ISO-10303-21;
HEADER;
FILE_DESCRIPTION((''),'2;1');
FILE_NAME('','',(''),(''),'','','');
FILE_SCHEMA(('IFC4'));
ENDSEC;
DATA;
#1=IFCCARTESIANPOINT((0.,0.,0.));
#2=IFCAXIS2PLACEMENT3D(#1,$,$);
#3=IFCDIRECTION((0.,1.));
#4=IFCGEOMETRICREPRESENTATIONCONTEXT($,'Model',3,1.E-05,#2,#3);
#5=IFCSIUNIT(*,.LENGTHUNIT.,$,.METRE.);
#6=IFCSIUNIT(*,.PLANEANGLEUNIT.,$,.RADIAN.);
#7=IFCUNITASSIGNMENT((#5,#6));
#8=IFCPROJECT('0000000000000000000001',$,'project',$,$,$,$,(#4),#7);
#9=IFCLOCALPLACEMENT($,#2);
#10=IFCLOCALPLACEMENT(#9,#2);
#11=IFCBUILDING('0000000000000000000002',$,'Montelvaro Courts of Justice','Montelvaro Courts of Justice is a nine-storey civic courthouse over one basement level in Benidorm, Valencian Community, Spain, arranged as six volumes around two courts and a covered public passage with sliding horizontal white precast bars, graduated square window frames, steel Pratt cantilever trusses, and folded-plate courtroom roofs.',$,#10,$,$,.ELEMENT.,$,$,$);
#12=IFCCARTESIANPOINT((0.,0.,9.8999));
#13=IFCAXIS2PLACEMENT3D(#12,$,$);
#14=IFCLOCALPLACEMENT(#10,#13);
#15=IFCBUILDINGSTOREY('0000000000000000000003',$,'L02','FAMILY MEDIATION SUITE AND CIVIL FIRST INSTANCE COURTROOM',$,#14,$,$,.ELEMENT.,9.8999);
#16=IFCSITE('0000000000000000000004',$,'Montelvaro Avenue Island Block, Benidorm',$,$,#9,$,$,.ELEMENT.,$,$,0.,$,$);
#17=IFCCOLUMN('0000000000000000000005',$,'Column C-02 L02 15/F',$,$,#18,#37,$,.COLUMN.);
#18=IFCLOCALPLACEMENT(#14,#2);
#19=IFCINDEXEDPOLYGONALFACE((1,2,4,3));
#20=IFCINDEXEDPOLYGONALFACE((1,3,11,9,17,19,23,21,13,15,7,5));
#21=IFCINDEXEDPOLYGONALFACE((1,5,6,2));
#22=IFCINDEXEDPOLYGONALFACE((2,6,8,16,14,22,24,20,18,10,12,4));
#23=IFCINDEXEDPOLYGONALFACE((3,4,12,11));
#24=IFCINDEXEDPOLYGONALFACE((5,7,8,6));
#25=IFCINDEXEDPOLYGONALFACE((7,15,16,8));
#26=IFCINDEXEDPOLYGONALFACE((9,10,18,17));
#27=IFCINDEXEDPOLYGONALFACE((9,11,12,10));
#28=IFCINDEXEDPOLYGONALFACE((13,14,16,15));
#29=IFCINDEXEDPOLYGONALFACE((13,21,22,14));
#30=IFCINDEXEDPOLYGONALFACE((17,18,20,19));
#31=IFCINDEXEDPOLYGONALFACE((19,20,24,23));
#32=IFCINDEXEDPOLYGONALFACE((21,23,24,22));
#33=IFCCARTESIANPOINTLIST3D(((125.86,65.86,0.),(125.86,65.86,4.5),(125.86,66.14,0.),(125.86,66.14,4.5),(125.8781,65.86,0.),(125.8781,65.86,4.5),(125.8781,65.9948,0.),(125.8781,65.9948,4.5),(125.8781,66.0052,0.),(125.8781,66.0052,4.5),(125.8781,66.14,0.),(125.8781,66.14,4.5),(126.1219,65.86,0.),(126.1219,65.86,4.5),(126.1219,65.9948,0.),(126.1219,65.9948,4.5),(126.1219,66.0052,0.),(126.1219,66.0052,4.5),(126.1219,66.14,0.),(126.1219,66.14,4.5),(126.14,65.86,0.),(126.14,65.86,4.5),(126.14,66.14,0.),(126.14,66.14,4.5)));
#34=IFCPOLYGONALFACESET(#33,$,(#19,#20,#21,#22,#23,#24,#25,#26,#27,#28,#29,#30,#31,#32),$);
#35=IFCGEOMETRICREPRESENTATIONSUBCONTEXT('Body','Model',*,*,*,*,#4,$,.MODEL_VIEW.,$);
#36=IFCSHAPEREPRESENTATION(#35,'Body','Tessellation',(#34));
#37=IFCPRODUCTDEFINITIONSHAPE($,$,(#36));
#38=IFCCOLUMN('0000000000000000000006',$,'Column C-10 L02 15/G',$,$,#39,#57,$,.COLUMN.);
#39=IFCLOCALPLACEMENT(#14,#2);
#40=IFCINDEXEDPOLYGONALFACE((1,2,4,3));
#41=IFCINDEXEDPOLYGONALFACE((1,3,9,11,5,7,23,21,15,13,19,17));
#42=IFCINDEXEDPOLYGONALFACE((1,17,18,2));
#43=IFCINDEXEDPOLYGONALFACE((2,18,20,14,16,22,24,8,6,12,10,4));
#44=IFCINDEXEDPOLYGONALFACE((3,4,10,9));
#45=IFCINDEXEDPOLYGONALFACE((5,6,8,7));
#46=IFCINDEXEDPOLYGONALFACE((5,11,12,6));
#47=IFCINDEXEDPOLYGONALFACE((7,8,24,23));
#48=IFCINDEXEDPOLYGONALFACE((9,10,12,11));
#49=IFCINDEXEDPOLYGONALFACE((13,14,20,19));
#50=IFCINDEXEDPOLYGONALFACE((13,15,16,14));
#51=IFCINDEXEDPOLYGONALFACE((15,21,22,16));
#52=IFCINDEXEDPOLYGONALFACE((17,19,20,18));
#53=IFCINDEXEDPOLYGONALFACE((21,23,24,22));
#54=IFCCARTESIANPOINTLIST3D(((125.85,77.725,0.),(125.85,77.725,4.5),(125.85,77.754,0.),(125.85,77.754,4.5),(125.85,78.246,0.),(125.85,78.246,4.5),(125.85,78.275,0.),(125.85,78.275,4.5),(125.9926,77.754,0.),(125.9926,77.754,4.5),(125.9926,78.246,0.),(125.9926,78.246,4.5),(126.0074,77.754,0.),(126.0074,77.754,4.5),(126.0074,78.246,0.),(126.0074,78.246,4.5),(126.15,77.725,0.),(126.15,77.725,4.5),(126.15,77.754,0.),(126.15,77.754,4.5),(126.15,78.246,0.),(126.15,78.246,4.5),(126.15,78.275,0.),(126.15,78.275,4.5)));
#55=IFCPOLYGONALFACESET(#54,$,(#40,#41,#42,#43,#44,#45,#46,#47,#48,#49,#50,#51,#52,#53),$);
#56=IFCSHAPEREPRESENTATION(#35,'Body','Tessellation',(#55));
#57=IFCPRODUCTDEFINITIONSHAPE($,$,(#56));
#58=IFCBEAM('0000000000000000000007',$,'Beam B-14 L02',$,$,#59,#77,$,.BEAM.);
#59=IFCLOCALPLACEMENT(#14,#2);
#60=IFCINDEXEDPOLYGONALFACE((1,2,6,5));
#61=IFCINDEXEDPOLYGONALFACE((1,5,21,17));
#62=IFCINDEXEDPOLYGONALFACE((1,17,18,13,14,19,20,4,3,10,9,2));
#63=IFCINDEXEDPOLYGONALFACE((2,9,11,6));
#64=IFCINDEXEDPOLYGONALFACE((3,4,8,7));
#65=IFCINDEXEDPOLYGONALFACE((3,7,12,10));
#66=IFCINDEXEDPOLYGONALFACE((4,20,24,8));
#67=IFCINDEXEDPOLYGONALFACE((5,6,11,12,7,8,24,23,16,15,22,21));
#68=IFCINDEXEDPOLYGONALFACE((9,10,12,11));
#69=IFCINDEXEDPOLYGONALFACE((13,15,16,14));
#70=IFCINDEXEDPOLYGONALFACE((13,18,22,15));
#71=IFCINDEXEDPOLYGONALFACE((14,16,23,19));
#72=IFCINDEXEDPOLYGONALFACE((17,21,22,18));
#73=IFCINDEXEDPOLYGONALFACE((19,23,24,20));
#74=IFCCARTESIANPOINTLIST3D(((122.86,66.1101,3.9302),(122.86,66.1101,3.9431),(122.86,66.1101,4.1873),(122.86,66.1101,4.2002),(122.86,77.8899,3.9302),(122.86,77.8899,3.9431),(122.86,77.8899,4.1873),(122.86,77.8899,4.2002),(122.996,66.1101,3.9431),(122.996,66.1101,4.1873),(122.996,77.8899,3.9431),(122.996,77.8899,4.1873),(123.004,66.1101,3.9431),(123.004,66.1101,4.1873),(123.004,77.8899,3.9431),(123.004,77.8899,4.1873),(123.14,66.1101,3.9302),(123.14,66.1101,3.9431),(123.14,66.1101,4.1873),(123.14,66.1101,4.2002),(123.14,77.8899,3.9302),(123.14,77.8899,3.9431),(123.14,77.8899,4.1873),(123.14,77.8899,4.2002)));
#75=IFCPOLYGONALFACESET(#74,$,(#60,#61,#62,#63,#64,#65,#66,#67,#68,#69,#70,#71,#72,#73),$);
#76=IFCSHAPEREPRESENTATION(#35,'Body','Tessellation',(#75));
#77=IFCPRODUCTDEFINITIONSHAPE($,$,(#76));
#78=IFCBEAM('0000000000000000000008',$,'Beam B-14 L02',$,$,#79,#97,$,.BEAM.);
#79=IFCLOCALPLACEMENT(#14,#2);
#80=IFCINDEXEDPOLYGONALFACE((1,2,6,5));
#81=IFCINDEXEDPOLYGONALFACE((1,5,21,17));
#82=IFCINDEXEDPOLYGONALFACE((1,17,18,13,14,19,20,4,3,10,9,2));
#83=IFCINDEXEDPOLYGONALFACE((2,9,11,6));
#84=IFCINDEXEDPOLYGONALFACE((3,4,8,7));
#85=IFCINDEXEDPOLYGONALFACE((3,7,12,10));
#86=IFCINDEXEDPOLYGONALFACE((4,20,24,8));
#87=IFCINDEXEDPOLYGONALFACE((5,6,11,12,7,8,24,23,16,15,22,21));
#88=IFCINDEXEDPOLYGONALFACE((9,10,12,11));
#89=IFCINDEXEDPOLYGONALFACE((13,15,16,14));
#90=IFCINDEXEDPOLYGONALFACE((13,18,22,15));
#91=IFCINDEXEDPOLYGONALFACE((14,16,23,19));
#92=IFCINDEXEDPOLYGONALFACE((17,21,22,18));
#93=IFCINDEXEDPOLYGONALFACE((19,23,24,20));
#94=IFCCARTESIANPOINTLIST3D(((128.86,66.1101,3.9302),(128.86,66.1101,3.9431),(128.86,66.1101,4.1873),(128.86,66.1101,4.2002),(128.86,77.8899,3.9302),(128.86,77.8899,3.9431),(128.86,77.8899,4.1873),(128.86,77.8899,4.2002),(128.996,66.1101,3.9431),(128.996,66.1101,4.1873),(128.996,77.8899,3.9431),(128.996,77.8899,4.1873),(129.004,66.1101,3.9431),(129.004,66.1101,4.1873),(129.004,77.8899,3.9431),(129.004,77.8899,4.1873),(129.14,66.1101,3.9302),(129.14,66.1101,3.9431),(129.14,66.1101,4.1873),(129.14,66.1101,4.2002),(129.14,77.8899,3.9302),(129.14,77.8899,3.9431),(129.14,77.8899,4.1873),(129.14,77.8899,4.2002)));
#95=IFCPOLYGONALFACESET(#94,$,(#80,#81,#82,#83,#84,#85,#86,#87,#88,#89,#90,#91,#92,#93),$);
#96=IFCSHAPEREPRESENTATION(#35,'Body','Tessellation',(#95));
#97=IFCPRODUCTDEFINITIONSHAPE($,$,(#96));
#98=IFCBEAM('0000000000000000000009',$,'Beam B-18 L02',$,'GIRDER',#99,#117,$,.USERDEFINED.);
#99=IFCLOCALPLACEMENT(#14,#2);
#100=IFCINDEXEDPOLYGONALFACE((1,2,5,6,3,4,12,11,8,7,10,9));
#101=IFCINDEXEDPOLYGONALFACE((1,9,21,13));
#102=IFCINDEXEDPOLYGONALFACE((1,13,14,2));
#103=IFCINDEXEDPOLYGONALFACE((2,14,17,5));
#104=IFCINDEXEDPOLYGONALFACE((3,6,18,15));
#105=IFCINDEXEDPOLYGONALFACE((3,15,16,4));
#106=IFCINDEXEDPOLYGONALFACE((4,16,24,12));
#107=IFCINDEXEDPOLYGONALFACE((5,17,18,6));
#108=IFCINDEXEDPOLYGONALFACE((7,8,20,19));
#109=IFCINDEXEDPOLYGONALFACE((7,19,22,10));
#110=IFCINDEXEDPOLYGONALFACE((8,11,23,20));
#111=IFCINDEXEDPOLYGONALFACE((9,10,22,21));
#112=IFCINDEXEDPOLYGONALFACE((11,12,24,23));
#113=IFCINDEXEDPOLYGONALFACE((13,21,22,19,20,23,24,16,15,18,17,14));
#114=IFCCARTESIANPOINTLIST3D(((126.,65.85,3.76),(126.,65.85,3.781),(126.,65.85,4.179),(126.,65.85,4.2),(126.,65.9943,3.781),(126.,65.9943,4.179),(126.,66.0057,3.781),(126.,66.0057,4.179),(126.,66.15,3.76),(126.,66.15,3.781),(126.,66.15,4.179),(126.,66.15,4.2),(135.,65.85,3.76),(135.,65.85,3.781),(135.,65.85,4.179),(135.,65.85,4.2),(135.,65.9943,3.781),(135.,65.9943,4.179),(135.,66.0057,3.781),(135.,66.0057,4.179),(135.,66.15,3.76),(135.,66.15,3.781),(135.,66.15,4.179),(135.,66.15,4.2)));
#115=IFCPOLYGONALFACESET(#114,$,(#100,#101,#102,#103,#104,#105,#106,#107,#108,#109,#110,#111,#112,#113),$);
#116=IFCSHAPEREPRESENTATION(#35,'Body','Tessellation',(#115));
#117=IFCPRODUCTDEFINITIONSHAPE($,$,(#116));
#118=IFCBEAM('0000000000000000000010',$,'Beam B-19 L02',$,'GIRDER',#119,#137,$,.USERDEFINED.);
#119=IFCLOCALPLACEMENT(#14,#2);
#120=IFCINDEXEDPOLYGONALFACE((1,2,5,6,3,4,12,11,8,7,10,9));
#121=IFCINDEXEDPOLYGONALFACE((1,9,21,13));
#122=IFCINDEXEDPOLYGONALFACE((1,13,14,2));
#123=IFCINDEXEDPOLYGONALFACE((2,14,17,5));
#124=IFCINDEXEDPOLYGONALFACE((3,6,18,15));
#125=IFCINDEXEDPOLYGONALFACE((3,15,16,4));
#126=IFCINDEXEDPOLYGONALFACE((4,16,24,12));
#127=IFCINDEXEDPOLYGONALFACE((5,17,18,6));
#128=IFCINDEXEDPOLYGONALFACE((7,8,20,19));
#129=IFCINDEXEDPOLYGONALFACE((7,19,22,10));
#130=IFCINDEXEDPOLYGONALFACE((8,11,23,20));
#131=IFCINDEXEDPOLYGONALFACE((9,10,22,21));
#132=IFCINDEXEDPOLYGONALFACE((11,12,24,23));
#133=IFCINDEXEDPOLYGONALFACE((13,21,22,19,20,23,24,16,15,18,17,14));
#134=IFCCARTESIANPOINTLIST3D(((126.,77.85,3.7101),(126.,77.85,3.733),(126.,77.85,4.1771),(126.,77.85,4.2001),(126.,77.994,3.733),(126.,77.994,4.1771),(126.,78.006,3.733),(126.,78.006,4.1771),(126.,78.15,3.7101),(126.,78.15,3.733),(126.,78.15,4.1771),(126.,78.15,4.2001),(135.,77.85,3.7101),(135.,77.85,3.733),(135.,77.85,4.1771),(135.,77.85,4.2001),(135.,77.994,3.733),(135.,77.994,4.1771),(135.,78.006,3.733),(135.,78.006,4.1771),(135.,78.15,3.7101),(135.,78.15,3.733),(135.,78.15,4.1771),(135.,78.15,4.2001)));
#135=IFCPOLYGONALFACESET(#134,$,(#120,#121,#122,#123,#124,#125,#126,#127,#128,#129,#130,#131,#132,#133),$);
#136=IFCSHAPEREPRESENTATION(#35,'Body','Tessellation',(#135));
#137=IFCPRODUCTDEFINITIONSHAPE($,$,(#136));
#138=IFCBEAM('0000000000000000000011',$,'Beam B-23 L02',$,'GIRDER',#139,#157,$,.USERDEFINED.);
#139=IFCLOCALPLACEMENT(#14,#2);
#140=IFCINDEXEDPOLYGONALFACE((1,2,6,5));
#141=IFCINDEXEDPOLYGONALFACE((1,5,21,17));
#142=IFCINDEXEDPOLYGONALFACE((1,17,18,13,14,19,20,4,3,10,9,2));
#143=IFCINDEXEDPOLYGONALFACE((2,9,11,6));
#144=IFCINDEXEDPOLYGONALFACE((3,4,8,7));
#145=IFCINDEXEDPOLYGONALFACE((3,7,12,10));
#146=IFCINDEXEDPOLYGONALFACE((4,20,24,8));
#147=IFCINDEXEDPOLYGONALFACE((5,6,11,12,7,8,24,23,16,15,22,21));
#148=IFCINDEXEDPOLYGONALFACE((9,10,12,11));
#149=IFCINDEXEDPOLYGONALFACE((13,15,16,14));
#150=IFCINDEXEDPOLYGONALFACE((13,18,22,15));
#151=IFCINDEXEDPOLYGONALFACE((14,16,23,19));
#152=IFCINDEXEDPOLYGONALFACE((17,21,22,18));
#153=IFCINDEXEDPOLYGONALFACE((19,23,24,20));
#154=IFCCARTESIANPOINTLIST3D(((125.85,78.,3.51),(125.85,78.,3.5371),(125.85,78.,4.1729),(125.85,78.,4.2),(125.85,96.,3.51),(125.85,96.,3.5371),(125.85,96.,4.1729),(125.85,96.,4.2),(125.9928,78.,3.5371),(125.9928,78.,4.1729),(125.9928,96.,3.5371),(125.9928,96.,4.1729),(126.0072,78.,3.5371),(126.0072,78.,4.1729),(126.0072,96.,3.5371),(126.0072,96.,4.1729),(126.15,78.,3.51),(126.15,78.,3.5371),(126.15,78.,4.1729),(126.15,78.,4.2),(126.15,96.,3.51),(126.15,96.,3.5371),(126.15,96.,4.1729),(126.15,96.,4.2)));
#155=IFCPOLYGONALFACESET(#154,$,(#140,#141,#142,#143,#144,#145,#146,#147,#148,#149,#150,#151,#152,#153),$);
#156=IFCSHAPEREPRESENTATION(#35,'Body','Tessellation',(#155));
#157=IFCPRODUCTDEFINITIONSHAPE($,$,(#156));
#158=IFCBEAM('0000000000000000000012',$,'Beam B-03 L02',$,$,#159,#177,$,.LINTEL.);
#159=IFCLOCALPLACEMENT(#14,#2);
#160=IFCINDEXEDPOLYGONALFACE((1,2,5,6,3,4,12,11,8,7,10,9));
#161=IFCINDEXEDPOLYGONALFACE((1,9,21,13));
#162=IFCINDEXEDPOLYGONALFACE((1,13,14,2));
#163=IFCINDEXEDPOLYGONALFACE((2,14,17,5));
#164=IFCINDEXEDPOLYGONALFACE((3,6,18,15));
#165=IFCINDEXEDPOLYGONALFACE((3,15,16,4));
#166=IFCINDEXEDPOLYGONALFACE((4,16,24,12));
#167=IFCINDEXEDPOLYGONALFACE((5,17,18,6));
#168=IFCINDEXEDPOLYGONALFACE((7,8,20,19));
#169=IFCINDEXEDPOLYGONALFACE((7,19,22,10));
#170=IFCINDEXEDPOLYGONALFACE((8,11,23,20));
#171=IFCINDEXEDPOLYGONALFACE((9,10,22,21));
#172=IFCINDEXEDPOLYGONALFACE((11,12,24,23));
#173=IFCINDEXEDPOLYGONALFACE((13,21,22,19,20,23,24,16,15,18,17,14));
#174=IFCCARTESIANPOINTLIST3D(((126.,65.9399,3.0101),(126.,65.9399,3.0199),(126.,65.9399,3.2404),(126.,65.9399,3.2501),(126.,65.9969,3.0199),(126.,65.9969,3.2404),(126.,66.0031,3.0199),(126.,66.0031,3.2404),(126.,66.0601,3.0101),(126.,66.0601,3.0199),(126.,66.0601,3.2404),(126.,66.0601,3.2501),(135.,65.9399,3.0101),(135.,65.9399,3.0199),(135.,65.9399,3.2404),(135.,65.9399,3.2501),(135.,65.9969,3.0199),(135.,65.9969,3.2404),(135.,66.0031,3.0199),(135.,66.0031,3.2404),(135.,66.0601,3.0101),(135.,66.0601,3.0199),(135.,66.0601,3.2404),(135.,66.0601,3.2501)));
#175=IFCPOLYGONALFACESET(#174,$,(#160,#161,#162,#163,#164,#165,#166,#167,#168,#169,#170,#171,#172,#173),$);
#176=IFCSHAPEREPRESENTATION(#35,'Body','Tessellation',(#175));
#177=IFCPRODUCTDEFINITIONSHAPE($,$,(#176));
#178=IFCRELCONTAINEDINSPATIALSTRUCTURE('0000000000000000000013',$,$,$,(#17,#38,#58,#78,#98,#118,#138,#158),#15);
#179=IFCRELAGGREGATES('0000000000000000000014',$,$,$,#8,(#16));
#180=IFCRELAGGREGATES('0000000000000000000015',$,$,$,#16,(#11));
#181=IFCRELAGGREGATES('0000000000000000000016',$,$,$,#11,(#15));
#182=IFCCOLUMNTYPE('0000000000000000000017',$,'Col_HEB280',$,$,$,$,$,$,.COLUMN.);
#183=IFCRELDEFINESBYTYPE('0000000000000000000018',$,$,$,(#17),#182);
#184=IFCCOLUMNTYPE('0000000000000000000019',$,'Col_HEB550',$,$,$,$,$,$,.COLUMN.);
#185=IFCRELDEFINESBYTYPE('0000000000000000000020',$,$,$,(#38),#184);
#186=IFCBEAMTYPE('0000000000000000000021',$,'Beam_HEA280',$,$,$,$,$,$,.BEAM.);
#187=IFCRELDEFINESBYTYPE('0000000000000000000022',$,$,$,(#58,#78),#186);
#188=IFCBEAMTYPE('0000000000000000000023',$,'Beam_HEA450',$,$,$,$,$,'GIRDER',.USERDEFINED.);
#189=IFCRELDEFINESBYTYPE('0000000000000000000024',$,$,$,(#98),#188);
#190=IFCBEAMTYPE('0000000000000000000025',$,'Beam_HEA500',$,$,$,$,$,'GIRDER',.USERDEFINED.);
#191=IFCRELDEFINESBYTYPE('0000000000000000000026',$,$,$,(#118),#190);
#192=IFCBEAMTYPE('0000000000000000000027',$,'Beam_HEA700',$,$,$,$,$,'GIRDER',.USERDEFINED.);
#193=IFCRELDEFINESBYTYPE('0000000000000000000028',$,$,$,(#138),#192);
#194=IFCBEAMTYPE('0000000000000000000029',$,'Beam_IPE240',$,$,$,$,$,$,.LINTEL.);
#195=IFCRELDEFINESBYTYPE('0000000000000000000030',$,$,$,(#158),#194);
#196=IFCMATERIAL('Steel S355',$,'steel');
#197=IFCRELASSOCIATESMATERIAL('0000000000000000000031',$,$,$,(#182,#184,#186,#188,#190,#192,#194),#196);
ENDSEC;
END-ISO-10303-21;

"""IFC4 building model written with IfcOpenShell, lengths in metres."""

from ifc_helpers import new_model, si_unit, direction, frame, origin, origin_2d, place, context, subcontext, project, spatial, i_section, extrude, material, material_profile, profile_set, type_object, element, save


model = new_model("IFC4")

# Units and contexts
model_context = context("Model", 3, precision=1e-05, world=origin(), true_north=direction((0.0, 1.0)))
body_context = subcontext(model_context, "Body", "Model", "MODEL_VIEW")
ifc_project = project(units=[si_unit("LENGTHUNIT", "METRE"), si_unit("PLANEANGLEUNIT", "RADIAN")], contexts=[model_context])

# Site, building, storey
site_placement = place(None, origin())
site = spatial("IfcSite", under=ifc_project, at=site_placement, Name="Montelvaro Avenue Island Block, Benidorm", CompositionType="ELEMENT", RefElevation=0.0)
building_placement = place(site_placement, origin())
building = spatial("IfcBuilding", under=site, at=building_placement, Name="Montelvaro Courts of Justice", Description="Montelvaro Courts of Justice is a nine-storey civic courthouse over one basement level in Benidorm, Valencian Community, Spain, arranged as six volumes around two courts and a covered public passage with sliding horizontal white precast bars, graduated square window frames, steel Pratt cantilever trusses, and folded-plate courtroom roofs.", CompositionType="ELEMENT")
storey_placement = place(building_placement, frame((0.0, 0.0, 9.8999)))
storey = spatial("IfcBuildingStorey", under=building, at=storey_placement, Name="L02", Description="FAMILY MEDIATION SUITE AND CIVIL FIRST INSTANCE COURTROOM", CompositionType="ELEMENT", Elevation=9.8999)

# Columns
ifc_material_1 = material(Name="Steel S355", Category="steel")
ifc_material_profile_1 = material_profile(ifc_material_1, i_section(OverallWidth=0.28, OverallDepth=0.28, WebThickness=0.0105, FlangeThickness=0.0181, at=origin_2d()), Name="HEB 280")
ifc_profile_set_1 = profile_set([ifc_material_profile_1], Name="Steel S355")
column_type_1 = type_object("IfcColumnType", Name="Col_HEB280", PredefinedType="COLUMN", material=ifc_profile_set_1)
column_1_placement = place(storey_placement, frame((126.0, 66.0, 0.0), z_axis=(0.0, 0.0, 1.0), x_axis=(0.0, 1.0, 0.0)))
element("IfcColumn", 1, at=column_1_placement, inside=storey, type_object=column_type_1, Name="Column C-02 L02 15/F", PredefinedType="COLUMN", context=body_context, shape_type="SweptSolid", body=[
    extrude(i_section(OverallWidth=0.28, OverallDepth=0.28, WebThickness=0.0105, FlangeThickness=0.0181, at=origin_2d()), origin(), (0.0, 0.0, 1.0), 4.5),
])
ifc_material_profile_2 = material_profile(ifc_material_1, i_section(OverallWidth=0.3, OverallDepth=0.55, WebThickness=0.0149, FlangeThickness=0.0291, at=origin_2d()), Name="HEB 550")
ifc_profile_set_2 = profile_set([ifc_material_profile_2], Name="Steel S355")
column_type_2 = type_object("IfcColumnType", Name="Col_HEB550", PredefinedType="COLUMN", material=ifc_profile_set_2)
column_2_placement = place(storey_placement, frame((126.0, 78.0, 0.0), z_axis=(0.0, 0.0, 1.0), x_axis=(1.0, 0.0, 0.0)))
element("IfcColumn", 2, at=column_2_placement, inside=storey, type_object=column_type_2, Name="Column C-10 L02 15/G", PredefinedType="COLUMN", context=body_context, shape_type="SweptSolid", body=[
    extrude(i_section(OverallWidth=0.3, OverallDepth=0.55, WebThickness=0.0149, FlangeThickness=0.0291, at=origin_2d()), origin(), (0.0, 0.0, 1.0), 4.5),
])

# Beams
ifc_material_profile_3 = material_profile(ifc_material_1, i_section(OverallWidth=0.28, OverallDepth=0.27, WebThickness=0.0081, FlangeThickness=0.0129, at=origin_2d()), Name="HEA 280")
ifc_profile_set_3 = profile_set([ifc_material_profile_3], Name="Steel S355")
beam_type_1 = type_object("IfcBeamType", Name="Beam_HEA280", PredefinedType="BEAM", material=ifc_profile_set_3)
for number, where, z_axis, x_axis, name in (
    (3, (123.0, 66.1101, 4.0652), (0.0, 1.0, 0.0), (-1.0, 0.0, 0.0), "Beam B-14 L02"),
    (4, (129.0, 66.1101, 4.0652), (0.0, 1.0, 0.0), (-1.0, 0.0, 0.0), "Beam B-14 L02"),
):
    element("IfcBeam", number, at=place(storey_placement, frame(where, z_axis=z_axis, x_axis=x_axis)), inside=storey, type_object=beam_type_1, Name=name, PredefinedType="BEAM", context=body_context, shape_type="SweptSolid", body=[
        extrude(i_section(OverallWidth=0.28, OverallDepth=0.27, WebThickness=0.0081, FlangeThickness=0.0129, at=origin_2d()), origin(), (0.0, 0.0, 1.0), 11.7798),
    ])
ifc_material_profile_4 = material_profile(ifc_material_1, i_section(OverallWidth=0.3, OverallDepth=0.4399, WebThickness=0.0115, FlangeThickness=0.021, at=origin_2d()), Name="HEA 450")
ifc_profile_set_4 = profile_set([ifc_material_profile_4], Name="Steel S355")
beam_type_2 = type_object("IfcBeamType", Name="Beam_HEA450", ElementType="GIRDER", PredefinedType="USERDEFINED", material=ifc_profile_set_4)
beam_1_placement = place(storey_placement, frame((126.0, 66.0, 3.98), z_axis=(1.0, 0.0, 0.0), x_axis=(0.0, 1.0, 0.0)))
element("IfcBeam", 5, at=beam_1_placement, inside=storey, type_object=beam_type_2, Name="Beam B-18 L02", ObjectType="GIRDER", PredefinedType="USERDEFINED", context=body_context, shape_type="SweptSolid", body=[
    extrude(i_section(OverallWidth=0.3, OverallDepth=0.4399, WebThickness=0.0115, FlangeThickness=0.021, at=origin_2d()), origin(), (0.0, 0.0, 1.0), 9.0),
])
ifc_material_profile_5 = material_profile(ifc_material_1, i_section(OverallWidth=0.3, OverallDepth=0.49, WebThickness=0.012, FlangeThickness=0.0229, at=origin_2d()), Name="HEA 500")
ifc_profile_set_5 = profile_set([ifc_material_profile_5], Name="Steel S355")
beam_type_3 = type_object("IfcBeamType", Name="Beam_HEA500", ElementType="GIRDER", PredefinedType="USERDEFINED", material=ifc_profile_set_5)
beam_2_placement = place(storey_placement, frame((126.0, 78.0, 3.9551), z_axis=(1.0, 0.0, 0.0), x_axis=(0.0, 1.0, 0.0)))
element("IfcBeam", 6, at=beam_2_placement, inside=storey, type_object=beam_type_3, Name="Beam B-19 L02", ObjectType="GIRDER", PredefinedType="USERDEFINED", context=body_context, shape_type="SweptSolid", body=[
    extrude(i_section(OverallWidth=0.3, OverallDepth=0.49, WebThickness=0.012, FlangeThickness=0.0229, at=origin_2d()), origin(), (0.0, 0.0, 1.0), 9.0),
])
ifc_material_profile_6 = material_profile(ifc_material_1, i_section(OverallWidth=0.3, OverallDepth=0.6899, WebThickness=0.0144, FlangeThickness=0.0271, at=origin_2d()), Name="HEA 700")
ifc_profile_set_6 = profile_set([ifc_material_profile_6], Name="Steel S355")
beam_type_4 = type_object("IfcBeamType", Name="Beam_HEA700", ElementType="GIRDER", PredefinedType="USERDEFINED", material=ifc_profile_set_6)
beam_3_placement = place(storey_placement, frame((126.0, 78.0, 3.855), z_axis=(0.0, 1.0, 0.0), x_axis=(-1.0, 0.0, 0.0)))
element("IfcBeam", 7, at=beam_3_placement, inside=storey, type_object=beam_type_4, Name="Beam B-23 L02", ObjectType="GIRDER", PredefinedType="USERDEFINED", context=body_context, shape_type="SweptSolid", body=[
    extrude(i_section(OverallWidth=0.3, OverallDepth=0.6899, WebThickness=0.0144, FlangeThickness=0.0271, at=origin_2d()), origin(), (0.0, 0.0, 1.0), 18.0),
])
ifc_material_profile_7 = material_profile(ifc_material_1, i_section(OverallWidth=0.1201, OverallDepth=0.24, WebThickness=0.0061, FlangeThickness=0.0098, at=origin_2d()), Name="IPE 240")
ifc_profile_set_7 = profile_set([ifc_material_profile_7], Name="Steel S355")
beam_type_5 = type_object("IfcBeamType", Name="Beam_IPE240", PredefinedType="LINTEL", material=ifc_profile_set_7)
beam_4_placement = place(storey_placement, frame((126.0, 66.0, 3.1301), z_axis=(1.0, 0.0, 0.0), x_axis=(0.0, 1.0, 0.0)))
element("IfcBeam", 8, at=beam_4_placement, inside=storey, type_object=beam_type_5, Name="Beam B-03 L02", PredefinedType="LINTEL", context=body_context, shape_type="SweptSolid", body=[
    extrude(i_section(OverallWidth=0.1201, OverallDepth=0.24, WebThickness=0.0061, FlangeThickness=0.0098, at=origin_2d()), origin(), (0.0, 0.0, 1.0), 9.0),
])

save(model, "model.ifc")
